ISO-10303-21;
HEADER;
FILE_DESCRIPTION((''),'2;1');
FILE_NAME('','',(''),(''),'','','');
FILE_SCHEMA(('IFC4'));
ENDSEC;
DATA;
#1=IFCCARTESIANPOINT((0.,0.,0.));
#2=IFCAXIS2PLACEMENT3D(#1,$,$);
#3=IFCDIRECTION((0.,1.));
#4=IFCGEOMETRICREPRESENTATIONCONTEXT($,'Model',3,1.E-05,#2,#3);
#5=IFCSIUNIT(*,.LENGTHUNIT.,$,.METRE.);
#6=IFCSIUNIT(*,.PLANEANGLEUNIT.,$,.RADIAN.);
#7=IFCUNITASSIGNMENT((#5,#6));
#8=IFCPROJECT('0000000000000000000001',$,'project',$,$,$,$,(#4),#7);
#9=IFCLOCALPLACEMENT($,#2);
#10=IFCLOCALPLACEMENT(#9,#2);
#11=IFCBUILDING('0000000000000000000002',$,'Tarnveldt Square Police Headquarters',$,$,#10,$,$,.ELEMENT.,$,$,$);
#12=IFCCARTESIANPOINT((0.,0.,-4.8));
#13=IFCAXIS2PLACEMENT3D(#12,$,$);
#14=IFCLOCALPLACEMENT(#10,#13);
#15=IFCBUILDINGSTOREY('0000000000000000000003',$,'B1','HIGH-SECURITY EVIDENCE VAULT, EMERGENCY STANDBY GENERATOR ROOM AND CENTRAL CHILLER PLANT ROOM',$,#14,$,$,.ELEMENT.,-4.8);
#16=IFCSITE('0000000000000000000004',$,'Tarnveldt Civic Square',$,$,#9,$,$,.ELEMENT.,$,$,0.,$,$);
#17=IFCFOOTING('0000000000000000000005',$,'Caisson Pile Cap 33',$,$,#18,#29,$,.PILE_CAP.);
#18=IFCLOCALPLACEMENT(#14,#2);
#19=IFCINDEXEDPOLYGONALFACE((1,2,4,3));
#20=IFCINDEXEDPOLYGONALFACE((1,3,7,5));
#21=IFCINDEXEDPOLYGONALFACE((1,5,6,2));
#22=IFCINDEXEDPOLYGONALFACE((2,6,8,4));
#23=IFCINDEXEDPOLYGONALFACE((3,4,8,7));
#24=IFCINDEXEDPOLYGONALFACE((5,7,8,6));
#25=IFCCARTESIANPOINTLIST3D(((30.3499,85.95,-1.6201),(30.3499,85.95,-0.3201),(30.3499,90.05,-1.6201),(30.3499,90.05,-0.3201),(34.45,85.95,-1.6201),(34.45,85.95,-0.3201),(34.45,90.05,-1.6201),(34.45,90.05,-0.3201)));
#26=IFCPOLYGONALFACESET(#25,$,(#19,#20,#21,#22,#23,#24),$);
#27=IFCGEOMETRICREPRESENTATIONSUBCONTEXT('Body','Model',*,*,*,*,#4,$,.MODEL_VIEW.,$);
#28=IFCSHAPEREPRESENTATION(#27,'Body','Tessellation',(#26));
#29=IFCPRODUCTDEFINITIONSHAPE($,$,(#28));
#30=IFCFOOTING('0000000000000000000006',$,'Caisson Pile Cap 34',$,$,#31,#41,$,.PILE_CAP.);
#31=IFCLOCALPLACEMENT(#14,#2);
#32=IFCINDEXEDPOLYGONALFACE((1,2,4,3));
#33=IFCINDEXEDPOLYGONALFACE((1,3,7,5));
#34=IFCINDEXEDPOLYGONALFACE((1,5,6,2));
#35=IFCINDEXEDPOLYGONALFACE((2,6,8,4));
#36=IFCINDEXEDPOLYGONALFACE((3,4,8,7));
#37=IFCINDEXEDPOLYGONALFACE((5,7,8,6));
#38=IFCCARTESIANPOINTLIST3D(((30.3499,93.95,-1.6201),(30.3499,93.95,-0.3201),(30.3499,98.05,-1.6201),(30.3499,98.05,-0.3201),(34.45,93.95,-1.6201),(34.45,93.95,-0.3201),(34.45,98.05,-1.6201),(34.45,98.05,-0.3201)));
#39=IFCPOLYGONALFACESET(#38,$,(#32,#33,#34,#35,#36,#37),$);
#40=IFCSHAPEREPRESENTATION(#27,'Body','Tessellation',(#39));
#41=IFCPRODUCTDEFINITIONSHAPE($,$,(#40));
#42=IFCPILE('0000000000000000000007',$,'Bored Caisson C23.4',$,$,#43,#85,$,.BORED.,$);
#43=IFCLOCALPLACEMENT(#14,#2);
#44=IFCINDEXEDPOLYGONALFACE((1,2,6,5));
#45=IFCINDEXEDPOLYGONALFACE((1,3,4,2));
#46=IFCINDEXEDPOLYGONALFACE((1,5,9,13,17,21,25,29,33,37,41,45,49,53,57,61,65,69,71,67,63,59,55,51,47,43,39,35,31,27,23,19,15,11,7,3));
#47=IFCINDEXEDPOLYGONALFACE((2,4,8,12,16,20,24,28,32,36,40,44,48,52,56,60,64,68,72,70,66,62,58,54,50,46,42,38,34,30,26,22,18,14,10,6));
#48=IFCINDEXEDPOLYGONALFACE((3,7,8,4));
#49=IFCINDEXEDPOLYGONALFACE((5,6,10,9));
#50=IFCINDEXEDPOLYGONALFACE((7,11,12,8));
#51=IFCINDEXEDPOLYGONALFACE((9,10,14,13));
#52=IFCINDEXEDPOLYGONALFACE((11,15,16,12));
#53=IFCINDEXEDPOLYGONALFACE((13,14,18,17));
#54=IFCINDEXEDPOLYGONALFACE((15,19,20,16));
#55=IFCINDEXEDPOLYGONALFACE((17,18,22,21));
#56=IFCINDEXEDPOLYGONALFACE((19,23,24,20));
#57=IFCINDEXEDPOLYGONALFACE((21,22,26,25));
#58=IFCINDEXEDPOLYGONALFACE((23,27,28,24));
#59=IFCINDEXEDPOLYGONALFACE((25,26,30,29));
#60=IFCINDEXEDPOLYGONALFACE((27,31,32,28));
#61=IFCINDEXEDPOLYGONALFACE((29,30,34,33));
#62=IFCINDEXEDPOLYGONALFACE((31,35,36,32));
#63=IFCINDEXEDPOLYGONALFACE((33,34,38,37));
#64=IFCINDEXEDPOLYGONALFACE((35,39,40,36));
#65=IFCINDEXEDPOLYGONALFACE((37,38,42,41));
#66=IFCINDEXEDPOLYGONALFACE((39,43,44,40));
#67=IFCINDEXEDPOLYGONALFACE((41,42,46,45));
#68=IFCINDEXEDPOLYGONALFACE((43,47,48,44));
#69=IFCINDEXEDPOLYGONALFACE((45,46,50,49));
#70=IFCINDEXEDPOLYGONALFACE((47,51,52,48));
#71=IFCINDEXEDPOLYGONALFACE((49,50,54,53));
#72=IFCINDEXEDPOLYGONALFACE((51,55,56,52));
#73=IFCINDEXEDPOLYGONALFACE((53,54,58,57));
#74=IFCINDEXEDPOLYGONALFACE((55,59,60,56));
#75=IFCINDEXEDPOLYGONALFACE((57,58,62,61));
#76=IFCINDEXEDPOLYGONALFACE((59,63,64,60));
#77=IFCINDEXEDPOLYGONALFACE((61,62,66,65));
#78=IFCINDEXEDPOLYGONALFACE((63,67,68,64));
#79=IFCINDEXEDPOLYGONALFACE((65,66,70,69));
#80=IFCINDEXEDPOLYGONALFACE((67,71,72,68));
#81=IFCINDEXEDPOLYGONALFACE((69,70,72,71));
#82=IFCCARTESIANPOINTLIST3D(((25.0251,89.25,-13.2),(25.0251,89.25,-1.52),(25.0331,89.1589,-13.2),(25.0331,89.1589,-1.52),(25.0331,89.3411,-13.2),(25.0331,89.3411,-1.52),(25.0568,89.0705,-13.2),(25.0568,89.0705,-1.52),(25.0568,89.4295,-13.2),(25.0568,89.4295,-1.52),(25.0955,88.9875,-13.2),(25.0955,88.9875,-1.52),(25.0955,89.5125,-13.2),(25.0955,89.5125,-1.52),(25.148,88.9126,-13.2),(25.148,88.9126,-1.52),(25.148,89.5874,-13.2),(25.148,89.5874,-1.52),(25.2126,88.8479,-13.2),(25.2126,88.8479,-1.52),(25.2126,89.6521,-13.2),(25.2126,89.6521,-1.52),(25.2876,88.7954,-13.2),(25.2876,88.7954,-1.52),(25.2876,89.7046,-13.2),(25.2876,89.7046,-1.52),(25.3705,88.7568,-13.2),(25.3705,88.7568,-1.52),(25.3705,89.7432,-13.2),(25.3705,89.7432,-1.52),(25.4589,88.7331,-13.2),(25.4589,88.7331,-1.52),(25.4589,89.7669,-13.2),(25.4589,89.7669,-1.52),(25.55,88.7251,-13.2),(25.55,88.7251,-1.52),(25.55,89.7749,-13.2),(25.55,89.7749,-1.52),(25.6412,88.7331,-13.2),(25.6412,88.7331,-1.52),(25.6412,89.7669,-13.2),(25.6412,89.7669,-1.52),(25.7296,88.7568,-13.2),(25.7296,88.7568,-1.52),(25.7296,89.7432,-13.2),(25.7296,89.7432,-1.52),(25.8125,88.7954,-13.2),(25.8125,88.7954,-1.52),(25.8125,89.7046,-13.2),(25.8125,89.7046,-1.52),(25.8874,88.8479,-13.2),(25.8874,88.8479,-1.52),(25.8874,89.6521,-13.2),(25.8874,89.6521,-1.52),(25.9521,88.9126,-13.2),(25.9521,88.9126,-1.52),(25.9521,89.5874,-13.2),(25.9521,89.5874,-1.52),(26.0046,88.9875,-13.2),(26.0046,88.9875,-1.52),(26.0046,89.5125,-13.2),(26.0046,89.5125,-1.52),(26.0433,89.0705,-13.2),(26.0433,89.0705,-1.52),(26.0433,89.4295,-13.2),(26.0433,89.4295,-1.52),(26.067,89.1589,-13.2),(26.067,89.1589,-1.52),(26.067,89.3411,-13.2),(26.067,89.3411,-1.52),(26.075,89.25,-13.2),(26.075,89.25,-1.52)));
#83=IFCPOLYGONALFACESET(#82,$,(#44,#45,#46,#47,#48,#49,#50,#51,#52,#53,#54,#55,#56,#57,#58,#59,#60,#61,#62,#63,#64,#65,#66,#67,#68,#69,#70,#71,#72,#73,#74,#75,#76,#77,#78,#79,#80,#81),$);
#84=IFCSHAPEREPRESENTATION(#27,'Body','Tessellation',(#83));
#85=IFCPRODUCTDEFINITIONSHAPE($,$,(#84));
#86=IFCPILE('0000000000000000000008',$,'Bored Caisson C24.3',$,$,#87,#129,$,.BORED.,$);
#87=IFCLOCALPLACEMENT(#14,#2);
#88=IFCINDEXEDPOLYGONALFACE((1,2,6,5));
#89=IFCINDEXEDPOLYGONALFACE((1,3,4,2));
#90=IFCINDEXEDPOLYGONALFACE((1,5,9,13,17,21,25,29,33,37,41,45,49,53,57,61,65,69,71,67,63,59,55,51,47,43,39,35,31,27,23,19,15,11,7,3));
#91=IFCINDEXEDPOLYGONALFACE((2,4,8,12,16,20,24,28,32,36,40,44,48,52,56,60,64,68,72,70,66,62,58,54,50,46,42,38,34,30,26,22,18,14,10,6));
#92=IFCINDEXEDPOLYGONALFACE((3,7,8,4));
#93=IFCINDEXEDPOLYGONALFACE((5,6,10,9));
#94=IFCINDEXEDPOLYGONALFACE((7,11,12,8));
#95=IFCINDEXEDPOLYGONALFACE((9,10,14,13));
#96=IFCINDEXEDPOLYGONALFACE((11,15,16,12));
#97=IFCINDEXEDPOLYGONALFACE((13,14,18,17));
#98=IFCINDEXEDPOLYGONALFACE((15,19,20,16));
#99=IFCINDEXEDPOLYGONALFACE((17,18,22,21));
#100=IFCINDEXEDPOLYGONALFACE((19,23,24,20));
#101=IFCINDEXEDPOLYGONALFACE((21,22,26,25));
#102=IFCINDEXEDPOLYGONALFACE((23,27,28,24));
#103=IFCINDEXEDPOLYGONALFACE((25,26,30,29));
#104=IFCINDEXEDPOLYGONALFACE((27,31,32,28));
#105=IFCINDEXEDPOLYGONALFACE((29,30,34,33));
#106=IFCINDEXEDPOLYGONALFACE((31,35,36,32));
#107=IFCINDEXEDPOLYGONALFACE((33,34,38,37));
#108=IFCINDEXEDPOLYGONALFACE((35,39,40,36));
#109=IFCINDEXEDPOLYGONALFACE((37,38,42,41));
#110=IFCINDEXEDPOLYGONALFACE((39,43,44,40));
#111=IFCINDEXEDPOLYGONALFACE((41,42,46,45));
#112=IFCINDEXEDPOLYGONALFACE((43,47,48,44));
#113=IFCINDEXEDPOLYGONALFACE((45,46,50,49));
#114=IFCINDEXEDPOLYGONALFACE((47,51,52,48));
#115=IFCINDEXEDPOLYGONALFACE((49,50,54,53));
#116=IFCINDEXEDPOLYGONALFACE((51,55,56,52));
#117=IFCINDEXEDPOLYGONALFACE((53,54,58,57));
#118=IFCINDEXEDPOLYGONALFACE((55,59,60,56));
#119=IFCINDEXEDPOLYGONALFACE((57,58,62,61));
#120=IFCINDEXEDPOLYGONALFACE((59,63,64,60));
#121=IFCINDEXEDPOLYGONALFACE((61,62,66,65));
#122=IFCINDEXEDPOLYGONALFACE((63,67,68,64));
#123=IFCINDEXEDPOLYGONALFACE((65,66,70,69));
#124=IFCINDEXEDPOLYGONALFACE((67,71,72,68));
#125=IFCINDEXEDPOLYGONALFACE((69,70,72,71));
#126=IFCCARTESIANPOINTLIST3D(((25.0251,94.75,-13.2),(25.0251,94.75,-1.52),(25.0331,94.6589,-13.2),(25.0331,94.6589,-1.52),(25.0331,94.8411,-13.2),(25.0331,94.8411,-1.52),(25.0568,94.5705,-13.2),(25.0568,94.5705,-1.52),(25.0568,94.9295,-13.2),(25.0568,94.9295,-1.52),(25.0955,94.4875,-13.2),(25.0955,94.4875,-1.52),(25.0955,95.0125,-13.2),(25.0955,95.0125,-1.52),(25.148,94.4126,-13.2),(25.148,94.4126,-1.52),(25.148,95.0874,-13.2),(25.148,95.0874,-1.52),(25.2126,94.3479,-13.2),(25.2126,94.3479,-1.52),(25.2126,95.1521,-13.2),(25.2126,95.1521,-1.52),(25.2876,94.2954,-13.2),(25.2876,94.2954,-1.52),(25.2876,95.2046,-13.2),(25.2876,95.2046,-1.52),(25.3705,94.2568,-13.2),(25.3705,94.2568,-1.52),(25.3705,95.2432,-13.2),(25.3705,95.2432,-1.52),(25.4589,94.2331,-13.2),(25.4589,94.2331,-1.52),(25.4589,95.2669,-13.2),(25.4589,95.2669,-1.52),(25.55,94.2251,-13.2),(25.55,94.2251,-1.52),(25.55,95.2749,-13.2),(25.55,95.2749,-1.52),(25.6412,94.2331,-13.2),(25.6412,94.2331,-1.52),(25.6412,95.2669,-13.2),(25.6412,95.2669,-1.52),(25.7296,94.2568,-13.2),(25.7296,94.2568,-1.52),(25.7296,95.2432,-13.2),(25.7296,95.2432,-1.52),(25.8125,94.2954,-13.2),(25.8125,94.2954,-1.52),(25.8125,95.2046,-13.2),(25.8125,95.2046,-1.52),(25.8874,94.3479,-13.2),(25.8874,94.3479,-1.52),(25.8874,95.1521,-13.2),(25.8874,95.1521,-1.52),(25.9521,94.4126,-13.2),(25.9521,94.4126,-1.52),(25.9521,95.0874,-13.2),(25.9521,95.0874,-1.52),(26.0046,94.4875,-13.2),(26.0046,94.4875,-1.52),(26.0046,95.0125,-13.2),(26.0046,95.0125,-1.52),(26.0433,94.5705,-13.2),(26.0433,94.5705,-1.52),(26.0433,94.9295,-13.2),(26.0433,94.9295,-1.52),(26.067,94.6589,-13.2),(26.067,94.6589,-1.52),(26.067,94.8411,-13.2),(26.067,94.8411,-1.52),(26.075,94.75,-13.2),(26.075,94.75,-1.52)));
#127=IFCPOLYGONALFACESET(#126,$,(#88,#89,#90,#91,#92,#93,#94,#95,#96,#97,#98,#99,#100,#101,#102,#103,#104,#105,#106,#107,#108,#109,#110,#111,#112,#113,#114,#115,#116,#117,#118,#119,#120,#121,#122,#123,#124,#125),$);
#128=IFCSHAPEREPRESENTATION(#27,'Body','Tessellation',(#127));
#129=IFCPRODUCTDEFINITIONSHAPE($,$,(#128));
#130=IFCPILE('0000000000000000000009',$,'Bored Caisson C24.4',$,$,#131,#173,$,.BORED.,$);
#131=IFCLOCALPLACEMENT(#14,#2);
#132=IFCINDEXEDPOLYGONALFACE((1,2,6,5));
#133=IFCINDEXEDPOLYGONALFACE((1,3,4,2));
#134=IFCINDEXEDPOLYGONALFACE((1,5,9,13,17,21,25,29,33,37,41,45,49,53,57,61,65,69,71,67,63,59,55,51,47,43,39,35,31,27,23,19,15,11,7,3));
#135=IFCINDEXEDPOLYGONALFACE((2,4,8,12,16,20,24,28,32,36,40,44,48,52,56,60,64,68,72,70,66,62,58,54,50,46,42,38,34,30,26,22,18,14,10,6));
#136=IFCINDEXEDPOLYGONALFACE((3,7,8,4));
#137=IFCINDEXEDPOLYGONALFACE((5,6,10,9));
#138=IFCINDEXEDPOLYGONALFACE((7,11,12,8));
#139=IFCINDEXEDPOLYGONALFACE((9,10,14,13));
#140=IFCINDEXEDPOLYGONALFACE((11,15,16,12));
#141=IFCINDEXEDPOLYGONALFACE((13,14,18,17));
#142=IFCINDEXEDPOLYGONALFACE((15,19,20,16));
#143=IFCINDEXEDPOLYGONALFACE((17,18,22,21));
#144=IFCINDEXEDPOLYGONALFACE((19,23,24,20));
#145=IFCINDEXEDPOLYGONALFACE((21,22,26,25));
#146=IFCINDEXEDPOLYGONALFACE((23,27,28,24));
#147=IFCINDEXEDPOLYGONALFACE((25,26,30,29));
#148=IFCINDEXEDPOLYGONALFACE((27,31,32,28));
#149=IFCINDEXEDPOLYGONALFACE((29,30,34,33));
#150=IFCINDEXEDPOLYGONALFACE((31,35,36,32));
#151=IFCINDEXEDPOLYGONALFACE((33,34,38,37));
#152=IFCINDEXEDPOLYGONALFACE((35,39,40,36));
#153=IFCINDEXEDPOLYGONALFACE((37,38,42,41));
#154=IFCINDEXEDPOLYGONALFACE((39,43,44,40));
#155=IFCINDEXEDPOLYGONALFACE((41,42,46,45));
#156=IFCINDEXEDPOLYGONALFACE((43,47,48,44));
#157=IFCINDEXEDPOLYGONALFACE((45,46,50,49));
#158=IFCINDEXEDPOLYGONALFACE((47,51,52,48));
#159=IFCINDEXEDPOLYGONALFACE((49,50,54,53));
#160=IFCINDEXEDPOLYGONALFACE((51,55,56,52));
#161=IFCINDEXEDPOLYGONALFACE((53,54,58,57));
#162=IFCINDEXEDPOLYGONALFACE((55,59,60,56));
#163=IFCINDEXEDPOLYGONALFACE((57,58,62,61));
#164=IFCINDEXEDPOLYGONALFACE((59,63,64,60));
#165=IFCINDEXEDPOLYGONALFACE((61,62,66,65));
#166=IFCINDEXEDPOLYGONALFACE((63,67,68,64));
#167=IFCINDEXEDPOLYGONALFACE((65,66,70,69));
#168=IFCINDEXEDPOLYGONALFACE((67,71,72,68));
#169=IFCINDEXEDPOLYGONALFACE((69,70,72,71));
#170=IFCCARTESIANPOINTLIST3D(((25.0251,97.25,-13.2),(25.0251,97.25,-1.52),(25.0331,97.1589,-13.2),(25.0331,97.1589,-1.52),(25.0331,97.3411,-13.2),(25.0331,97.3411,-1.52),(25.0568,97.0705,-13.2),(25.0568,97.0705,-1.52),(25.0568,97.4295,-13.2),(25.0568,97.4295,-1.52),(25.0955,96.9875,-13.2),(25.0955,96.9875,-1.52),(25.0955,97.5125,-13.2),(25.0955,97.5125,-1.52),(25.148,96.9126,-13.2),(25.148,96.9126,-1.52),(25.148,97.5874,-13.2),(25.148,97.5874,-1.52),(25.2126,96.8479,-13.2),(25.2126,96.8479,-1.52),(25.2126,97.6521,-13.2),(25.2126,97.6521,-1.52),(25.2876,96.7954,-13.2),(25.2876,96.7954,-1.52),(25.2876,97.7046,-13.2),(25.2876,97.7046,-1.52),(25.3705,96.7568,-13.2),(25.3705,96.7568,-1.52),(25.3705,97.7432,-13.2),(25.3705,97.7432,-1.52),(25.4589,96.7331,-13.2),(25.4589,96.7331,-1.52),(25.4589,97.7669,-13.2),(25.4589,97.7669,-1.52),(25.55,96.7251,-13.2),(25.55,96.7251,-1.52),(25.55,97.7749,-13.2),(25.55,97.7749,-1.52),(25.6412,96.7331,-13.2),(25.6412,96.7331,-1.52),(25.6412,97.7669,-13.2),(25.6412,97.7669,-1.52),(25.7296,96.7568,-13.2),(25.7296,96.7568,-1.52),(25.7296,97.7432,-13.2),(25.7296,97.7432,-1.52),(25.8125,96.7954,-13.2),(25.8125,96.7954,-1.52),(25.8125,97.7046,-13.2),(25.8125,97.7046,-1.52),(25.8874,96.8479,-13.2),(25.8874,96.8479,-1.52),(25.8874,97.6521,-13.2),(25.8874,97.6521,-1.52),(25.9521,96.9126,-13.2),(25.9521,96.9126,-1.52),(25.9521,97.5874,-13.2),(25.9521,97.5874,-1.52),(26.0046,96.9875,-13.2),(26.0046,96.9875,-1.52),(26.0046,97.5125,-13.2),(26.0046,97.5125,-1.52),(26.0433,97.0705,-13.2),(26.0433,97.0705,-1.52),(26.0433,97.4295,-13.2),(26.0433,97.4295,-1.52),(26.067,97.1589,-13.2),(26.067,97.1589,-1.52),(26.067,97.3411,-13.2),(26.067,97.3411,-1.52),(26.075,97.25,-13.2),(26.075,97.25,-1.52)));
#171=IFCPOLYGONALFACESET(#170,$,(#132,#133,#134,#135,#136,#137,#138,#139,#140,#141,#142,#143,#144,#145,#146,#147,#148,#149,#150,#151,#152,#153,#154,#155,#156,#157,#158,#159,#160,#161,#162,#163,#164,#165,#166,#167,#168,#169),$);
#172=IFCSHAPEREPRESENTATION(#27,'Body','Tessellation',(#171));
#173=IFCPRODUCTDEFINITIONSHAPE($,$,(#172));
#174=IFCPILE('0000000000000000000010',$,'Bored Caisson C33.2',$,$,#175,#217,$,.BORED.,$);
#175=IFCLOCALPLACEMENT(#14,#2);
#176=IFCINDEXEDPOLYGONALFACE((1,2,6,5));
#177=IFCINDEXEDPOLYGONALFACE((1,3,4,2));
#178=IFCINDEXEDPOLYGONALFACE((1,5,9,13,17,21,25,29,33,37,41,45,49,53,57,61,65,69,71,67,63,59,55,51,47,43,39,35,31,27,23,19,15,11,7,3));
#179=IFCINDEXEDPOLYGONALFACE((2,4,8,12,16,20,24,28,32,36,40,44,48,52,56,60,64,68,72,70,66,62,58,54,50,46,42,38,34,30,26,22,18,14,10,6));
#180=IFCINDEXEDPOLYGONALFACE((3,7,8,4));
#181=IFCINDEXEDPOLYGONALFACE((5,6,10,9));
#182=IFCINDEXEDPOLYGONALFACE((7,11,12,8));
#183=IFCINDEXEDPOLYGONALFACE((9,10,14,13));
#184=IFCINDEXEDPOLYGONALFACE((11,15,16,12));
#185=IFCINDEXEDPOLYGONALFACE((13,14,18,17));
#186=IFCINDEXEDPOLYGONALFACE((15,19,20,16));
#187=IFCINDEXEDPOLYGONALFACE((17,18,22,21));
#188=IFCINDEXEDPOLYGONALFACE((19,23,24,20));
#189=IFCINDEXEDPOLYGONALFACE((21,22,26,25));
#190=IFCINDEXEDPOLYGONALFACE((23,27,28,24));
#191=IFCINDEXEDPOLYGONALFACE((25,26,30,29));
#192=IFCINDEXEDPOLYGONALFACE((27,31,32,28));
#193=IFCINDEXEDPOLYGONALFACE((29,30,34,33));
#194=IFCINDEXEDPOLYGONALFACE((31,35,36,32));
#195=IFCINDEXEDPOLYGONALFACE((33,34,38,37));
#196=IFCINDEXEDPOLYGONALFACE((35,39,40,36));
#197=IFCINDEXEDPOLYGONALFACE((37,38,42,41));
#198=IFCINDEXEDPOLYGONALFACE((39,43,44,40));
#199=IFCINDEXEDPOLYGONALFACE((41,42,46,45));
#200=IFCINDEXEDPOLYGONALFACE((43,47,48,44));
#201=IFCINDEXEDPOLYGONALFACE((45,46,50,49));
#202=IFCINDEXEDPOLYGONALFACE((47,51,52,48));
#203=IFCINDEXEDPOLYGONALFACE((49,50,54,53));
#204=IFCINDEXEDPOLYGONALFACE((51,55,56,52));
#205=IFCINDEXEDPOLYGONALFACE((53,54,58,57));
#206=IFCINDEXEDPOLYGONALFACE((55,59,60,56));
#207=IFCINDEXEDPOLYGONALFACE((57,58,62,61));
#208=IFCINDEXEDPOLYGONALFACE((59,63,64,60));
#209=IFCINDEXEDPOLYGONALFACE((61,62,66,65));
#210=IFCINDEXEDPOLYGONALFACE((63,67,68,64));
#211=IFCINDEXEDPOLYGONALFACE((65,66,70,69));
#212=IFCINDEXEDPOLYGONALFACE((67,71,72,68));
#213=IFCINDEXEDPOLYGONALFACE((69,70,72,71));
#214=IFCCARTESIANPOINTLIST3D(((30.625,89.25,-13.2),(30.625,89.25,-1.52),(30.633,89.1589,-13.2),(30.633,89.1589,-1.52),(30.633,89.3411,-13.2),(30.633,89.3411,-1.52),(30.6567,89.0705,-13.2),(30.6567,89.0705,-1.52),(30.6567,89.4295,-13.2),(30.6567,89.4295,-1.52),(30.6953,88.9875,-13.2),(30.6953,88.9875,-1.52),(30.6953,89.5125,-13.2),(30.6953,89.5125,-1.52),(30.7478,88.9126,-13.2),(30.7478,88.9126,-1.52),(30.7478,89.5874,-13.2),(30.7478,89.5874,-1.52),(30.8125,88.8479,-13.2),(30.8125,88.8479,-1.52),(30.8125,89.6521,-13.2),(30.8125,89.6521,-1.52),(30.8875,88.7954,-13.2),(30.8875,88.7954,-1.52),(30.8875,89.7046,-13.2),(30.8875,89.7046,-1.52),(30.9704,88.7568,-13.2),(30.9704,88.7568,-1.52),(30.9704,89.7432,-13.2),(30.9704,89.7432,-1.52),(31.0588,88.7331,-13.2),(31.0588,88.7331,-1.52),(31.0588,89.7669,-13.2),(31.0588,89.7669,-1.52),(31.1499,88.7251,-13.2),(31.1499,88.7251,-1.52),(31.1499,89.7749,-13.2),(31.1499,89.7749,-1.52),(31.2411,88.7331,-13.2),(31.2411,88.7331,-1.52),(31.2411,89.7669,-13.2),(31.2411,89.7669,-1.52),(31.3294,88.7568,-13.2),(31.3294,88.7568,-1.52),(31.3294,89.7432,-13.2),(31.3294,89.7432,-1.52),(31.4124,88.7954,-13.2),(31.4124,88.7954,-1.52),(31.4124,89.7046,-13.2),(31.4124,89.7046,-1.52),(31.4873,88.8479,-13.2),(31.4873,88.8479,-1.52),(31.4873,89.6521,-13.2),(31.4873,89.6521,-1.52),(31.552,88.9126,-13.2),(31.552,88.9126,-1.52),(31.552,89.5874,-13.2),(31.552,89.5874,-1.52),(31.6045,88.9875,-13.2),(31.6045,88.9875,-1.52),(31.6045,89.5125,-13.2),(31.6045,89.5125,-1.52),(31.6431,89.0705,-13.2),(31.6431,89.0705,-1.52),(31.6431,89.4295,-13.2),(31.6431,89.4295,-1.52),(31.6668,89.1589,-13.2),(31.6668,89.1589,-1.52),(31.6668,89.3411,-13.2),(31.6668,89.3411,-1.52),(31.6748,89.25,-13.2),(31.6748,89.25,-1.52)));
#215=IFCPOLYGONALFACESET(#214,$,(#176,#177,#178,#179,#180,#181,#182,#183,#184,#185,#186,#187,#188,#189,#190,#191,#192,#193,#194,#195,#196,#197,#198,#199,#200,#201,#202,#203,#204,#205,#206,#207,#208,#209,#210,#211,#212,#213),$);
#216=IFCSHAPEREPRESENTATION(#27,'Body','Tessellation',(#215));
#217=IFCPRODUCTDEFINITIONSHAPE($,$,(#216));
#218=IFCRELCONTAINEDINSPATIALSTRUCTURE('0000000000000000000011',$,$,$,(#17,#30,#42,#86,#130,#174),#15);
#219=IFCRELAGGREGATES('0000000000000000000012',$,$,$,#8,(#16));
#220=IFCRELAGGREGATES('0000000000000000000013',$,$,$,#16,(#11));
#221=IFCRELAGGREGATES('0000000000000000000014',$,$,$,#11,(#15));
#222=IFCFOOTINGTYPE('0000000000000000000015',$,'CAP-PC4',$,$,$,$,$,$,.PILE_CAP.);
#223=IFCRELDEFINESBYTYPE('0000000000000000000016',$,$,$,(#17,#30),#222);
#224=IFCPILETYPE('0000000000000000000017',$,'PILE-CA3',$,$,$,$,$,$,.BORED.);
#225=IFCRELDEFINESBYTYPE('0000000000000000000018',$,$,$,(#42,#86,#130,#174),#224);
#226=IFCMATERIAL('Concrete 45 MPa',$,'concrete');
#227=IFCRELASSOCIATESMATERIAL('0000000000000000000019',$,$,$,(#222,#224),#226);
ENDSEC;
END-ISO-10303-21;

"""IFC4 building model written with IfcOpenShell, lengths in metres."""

from ifc_helpers import new_model, si_unit, direction, frame, origin, origin_2d, place, context, subcontext, project, spatial, rectangle, circle, extrude, material, material_profile, profile_set, type_object, element, save


model = new_model("IFC4")

# Units and contexts
model_context = context("Model", 3, precision=1e-05, world=origin(), true_north=direction((0.0, 1.0)))
body_context = subcontext(model_context, "Body", "Model", "MODEL_VIEW")
ifc_project = project(units=[si_unit("LENGTHUNIT", "METRE"), si_unit("PLANEANGLEUNIT", "RADIAN")], contexts=[model_context])

# Site, building, storey
site_placement = place(None, origin())
site = spatial("IfcSite", under=ifc_project, at=site_placement, Name="Tarnveldt Civic Square", CompositionType="ELEMENT", RefElevation=0.0)
building_placement = place(site_placement, origin())
building = spatial("IfcBuilding", under=site, at=building_placement, Name="Tarnveldt Square Police Headquarters", CompositionType="ELEMENT")
storey_placement = place(building_placement, frame((0.0, 0.0, -4.8)))
storey = spatial("IfcBuildingStorey", under=building, at=storey_placement, Name="B1", Description="HIGH-SECURITY EVIDENCE VAULT, EMERGENCY STANDBY GENERATOR ROOM AND CENTRAL CHILLER PLANT ROOM", CompositionType="ELEMENT", Elevation=-4.8)

# Footings
ifc_material_1 = material(Name="Concrete 45 MPa", Category="concrete")
footing_type = type_object("IfcFootingType", Name="CAP-PC4", PredefinedType="PILE_CAP", material=ifc_material_1)
for number, where, z_axis, x_axis, name in (
    (1, (32.3999, 88.0, -1.6201), (0.0, 0.0, 1.0), (1.0, 0.0, 0.0), "Caisson Pile Cap 33"),
    (2, (32.3999, 96.0, -1.6201), (0.0, 0.0, 1.0), (1.0, 0.0, 0.0), "Caisson Pile Cap 34"),
):
    element("IfcFooting", number, at=place(storey_placement, frame(where, z_axis=z_axis, x_axis=x_axis)), inside=storey, type_object=footing_type, Name=name, PredefinedType="PILE_CAP", context=body_context, shape_type="SweptSolid", body=[
        extrude(rectangle(XDim=4.1001, YDim=4.1001, at=origin_2d()), origin(), (0.0, 0.0, 1.0), 1.3),
    ])

# Piles
ifc_material_profile_1 = material_profile(ifc_material_1, circle(Radius=0.5249, at=origin_2d()), Name="CAISSON-D1050")
ifc_profile_set_1 = profile_set([ifc_material_profile_1], Name="Concrete 45 MPa")
pile_type = type_object("IfcPileType", Name="PILE-CA3", PredefinedType="BORED", material=ifc_profile_set_1)
for number, where, z_axis, x_axis, name in (
    (3, (25.55, 89.25, -1.52), (0.0, 0.0, -1.0), (1.0, 0.0, 0.0), "Bored Caisson C23.4"),
    (4, (25.55, 94.75, -1.52), (0.0, 0.0, -1.0), (1.0, 0.0, 0.0), "Bored Caisson C24.3"),
    (5, (25.55, 97.25, -1.52), (0.0, 0.0, -1.0), (1.0, 0.0, 0.0), "Bored Caisson C24.4"),
    (6, (31.1499, 89.25, -1.52), (0.0, 0.0, -1.0), (1.0, 0.0, 0.0), "Bored Caisson C33.2"),
):
    element("IfcPile", number, at=place(storey_placement, frame(where, z_axis=z_axis, x_axis=x_axis)), inside=storey, type_object=pile_type, Name=name, PredefinedType="BORED", context=body_context, shape_type="SweptSolid", body=[
        extrude(circle(Radius=0.5249, at=origin_2d()), origin(), (0.0, 0.0, 1.0), 11.6799),
    ])

save(model, "model.ifc")
